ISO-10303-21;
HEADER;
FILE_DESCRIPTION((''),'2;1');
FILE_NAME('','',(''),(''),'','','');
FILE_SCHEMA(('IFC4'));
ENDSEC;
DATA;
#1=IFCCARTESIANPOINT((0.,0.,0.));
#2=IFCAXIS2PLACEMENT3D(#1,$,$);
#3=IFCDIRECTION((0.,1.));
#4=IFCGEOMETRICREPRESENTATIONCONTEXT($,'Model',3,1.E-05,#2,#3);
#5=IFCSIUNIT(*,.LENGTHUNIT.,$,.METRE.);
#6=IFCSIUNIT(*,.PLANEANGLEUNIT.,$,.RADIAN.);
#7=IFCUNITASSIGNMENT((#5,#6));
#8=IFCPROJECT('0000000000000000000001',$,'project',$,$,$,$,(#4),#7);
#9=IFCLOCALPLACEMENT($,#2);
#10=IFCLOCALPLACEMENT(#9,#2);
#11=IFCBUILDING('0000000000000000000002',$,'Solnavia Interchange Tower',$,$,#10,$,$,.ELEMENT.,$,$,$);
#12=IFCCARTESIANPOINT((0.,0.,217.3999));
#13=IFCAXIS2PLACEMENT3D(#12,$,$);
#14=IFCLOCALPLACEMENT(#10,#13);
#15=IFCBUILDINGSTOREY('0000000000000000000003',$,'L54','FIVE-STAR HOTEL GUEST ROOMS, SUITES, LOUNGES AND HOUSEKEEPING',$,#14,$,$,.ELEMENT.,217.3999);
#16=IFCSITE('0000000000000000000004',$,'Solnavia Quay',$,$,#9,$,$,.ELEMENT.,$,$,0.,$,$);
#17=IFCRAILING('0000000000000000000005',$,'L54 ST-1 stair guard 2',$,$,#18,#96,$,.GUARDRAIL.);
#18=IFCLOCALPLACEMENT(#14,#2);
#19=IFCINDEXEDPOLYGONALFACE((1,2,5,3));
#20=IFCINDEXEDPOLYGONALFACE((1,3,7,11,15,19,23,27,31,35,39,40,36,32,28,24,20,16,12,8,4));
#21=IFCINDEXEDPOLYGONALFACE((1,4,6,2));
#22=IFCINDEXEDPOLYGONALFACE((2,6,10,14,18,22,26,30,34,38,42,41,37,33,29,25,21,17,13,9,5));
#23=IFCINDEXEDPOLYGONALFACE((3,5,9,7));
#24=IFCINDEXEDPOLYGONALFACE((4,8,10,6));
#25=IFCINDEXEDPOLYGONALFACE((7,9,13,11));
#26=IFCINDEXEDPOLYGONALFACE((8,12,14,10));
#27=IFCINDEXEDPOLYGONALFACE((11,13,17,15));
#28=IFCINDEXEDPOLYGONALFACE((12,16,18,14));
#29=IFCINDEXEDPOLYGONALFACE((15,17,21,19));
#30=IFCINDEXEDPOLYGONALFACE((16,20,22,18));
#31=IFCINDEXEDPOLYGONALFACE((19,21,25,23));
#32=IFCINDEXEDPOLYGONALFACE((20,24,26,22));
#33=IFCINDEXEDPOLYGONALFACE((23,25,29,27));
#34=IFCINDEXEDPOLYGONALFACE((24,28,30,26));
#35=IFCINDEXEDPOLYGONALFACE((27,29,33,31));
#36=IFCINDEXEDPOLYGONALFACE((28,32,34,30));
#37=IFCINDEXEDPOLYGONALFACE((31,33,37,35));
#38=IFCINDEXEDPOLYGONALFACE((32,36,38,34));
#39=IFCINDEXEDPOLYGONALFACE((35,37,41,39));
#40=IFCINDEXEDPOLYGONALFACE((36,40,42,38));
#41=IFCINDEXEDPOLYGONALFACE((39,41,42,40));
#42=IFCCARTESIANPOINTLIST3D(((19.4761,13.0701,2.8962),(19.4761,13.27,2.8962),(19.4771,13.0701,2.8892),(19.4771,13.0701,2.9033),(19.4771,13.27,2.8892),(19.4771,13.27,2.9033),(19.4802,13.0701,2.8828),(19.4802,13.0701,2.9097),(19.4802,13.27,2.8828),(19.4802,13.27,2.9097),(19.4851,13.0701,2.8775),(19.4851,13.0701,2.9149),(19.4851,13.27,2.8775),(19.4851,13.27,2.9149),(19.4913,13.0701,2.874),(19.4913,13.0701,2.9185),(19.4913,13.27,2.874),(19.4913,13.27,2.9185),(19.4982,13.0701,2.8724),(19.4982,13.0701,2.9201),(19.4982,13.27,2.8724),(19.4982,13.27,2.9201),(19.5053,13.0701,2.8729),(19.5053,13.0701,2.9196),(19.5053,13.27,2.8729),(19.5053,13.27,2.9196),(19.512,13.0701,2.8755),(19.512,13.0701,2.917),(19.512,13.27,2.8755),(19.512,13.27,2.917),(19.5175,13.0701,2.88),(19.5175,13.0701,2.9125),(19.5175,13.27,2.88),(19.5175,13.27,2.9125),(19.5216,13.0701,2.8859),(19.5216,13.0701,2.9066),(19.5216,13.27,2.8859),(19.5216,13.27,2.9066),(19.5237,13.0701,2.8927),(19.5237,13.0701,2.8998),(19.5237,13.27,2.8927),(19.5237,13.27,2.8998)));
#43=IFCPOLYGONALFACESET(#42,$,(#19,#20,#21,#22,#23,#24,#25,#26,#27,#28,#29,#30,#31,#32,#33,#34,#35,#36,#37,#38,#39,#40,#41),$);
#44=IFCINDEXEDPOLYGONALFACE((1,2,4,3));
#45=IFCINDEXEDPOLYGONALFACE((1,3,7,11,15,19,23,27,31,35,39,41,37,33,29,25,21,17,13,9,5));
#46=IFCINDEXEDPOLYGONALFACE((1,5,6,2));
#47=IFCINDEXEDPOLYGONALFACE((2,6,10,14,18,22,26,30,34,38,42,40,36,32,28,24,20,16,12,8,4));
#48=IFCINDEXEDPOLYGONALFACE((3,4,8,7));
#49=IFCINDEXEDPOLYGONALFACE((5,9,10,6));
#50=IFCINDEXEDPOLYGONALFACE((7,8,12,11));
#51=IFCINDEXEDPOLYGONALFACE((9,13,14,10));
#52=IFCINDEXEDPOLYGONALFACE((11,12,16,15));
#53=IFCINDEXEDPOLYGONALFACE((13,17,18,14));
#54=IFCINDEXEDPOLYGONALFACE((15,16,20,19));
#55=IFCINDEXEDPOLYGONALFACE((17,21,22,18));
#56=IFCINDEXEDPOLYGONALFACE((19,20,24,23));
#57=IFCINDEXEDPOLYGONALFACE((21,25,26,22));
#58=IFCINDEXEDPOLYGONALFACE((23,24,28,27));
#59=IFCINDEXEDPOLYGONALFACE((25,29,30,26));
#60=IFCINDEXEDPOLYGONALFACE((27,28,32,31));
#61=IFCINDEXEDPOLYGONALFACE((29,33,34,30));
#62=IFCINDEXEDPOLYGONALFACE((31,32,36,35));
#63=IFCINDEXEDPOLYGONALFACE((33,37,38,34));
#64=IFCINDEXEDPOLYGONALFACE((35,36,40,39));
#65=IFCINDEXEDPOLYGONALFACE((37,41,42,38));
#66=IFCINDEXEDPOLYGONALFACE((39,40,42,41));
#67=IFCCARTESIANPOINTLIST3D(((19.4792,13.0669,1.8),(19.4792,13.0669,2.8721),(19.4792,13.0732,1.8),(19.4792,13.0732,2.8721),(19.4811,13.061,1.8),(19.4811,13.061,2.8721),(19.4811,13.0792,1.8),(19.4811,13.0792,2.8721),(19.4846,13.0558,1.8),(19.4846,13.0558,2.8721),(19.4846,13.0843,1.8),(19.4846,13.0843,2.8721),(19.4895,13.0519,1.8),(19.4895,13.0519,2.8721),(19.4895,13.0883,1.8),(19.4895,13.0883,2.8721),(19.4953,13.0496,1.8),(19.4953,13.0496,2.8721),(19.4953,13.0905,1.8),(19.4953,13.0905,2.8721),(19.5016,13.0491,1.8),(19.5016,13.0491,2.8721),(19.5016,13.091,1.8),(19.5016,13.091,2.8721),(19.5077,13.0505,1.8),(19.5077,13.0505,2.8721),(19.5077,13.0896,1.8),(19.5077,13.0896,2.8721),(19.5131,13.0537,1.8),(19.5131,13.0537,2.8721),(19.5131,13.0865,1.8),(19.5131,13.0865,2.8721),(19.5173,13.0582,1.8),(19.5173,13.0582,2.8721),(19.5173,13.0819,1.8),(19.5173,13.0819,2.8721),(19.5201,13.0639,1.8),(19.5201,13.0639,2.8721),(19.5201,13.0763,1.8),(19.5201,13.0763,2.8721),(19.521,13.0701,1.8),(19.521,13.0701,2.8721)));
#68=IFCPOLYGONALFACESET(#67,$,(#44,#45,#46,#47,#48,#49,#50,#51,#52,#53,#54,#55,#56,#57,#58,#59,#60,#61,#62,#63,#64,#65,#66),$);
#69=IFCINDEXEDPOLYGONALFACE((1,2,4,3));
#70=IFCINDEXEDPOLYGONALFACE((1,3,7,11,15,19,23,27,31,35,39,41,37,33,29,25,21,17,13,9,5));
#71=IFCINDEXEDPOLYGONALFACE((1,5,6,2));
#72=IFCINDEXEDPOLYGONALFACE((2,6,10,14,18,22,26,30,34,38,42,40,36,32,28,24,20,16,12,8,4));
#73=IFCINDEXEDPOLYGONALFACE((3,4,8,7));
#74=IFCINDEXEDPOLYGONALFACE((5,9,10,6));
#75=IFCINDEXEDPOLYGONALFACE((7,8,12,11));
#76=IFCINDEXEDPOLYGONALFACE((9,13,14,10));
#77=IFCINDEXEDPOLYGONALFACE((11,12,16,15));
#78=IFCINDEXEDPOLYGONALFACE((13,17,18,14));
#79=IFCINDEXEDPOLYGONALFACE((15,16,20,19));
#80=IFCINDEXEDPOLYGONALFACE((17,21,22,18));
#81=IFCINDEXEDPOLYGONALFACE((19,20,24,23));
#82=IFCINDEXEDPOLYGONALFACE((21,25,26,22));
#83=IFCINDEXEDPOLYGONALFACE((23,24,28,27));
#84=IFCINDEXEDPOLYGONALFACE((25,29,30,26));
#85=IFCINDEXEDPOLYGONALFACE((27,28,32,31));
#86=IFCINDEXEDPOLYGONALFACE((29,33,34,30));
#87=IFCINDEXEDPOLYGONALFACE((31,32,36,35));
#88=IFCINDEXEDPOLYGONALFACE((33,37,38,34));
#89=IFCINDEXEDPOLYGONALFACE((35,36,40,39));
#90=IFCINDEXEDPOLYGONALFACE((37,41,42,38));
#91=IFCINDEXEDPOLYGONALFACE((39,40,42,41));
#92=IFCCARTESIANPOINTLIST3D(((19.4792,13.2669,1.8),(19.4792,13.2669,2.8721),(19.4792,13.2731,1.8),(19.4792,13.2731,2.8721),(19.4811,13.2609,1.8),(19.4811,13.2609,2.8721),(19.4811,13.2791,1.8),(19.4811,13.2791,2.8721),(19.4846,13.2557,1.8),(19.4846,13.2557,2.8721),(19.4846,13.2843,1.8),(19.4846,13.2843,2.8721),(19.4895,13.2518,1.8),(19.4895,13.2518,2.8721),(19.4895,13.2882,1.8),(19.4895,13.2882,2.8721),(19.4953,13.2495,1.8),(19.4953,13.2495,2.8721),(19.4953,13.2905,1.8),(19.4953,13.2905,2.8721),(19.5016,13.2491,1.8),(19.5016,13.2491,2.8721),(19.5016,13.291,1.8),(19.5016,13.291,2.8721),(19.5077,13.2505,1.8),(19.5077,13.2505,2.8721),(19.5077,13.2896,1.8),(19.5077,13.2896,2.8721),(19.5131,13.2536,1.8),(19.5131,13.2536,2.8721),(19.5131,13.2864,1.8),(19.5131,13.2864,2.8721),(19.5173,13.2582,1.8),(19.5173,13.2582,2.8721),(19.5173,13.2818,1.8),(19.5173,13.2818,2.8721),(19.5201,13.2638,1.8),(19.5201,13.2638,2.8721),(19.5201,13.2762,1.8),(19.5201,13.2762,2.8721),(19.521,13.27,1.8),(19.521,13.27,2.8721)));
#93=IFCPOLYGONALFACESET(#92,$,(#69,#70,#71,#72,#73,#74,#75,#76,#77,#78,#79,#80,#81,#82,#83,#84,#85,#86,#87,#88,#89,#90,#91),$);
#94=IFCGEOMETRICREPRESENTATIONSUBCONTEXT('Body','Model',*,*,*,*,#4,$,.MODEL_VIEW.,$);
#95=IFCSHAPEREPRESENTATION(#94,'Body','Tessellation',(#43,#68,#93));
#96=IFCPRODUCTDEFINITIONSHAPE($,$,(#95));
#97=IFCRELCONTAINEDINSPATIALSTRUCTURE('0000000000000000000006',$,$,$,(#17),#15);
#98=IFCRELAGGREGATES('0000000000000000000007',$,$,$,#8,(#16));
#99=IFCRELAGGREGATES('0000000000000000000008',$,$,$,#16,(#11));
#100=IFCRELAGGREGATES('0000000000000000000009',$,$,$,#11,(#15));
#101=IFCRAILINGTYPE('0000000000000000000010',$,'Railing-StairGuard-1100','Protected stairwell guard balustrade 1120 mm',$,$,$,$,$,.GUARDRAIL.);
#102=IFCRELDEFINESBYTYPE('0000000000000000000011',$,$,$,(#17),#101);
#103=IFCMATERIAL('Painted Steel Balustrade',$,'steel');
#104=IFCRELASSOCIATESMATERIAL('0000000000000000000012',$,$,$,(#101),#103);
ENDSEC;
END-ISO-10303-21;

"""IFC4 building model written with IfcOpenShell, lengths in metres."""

from ifc_helpers import new_model, si_unit, direction, frame, origin, origin_2d, place, context, subcontext, project, spatial, circle, extrude, material, type_object, element, save


model = new_model("IFC4")

# Units and contexts
model_context = context("Model", 3, precision=1e-05, world=origin(), true_north=direction((0.0, 1.0)))
body_context = subcontext(model_context, "Body", "Model", "MODEL_VIEW")
ifc_project = project(units=[si_unit("LENGTHUNIT", "METRE"), si_unit("PLANEANGLEUNIT", "RADIAN")], contexts=[model_context])

# Site, building, storey
site_placement = place(None, origin())
site = spatial("IfcSite", under=ifc_project, at=site_placement, Name="Solnavia Quay", CompositionType="ELEMENT", RefElevation=0.0)
building_placement = place(site_placement, origin())
building = spatial("IfcBuilding", under=site, at=building_placement, Name="Solnavia Interchange Tower", CompositionType="ELEMENT")
storey_placement = place(building_placement, frame((0.0, 0.0, 217.3999)))
storey = spatial("IfcBuildingStorey", under=building, at=storey_placement, Name="L54", Description="FIVE-STAR HOTEL GUEST ROOMS, SUITES, LOUNGES AND HOUSEKEEPING", CompositionType="ELEMENT", Elevation=217.3999)

# Railing
ifc_material_1 = material(Name="Painted Steel Balustrade", Category="steel")
railing_type_1 = type_object("IfcRailingType", Name="Railing-StairGuard-1100", Description="Protected stairwell guard balustrade 1120 mm", PredefinedType="GUARDRAIL", material=ifc_material_1)
railing_1_placement = place(storey_placement, frame((19.5, 13.0701, 1.8)))
element("IfcRailing", 1, at=railing_1_placement, inside=storey, type_object=railing_type_1, Name="L54 ST-1 stair guard 2", PredefinedType="GUARDRAIL", context=body_context, shape_type="SweptSolid", body=[
    extrude(circle(Radius=0.0239, at=origin_2d()), frame((0.0, 0.0, 1.0962), z_axis=(0.0, 1.0, 0.0), x_axis=(-1.0, 0.0, 0.0)), (0.0, 0.0, 1.0), 0.2),
    extrude(circle(Radius=0.021, at=origin_2d()), origin(), (0.0, 0.0, 1.0), 1.072),
    extrude(circle(Radius=0.021, at=origin_2d()), frame((0.0, 0.2, 0.0)), (0.0, 0.0, 1.0), 1.072),
])

save(model, "model.ifc")
